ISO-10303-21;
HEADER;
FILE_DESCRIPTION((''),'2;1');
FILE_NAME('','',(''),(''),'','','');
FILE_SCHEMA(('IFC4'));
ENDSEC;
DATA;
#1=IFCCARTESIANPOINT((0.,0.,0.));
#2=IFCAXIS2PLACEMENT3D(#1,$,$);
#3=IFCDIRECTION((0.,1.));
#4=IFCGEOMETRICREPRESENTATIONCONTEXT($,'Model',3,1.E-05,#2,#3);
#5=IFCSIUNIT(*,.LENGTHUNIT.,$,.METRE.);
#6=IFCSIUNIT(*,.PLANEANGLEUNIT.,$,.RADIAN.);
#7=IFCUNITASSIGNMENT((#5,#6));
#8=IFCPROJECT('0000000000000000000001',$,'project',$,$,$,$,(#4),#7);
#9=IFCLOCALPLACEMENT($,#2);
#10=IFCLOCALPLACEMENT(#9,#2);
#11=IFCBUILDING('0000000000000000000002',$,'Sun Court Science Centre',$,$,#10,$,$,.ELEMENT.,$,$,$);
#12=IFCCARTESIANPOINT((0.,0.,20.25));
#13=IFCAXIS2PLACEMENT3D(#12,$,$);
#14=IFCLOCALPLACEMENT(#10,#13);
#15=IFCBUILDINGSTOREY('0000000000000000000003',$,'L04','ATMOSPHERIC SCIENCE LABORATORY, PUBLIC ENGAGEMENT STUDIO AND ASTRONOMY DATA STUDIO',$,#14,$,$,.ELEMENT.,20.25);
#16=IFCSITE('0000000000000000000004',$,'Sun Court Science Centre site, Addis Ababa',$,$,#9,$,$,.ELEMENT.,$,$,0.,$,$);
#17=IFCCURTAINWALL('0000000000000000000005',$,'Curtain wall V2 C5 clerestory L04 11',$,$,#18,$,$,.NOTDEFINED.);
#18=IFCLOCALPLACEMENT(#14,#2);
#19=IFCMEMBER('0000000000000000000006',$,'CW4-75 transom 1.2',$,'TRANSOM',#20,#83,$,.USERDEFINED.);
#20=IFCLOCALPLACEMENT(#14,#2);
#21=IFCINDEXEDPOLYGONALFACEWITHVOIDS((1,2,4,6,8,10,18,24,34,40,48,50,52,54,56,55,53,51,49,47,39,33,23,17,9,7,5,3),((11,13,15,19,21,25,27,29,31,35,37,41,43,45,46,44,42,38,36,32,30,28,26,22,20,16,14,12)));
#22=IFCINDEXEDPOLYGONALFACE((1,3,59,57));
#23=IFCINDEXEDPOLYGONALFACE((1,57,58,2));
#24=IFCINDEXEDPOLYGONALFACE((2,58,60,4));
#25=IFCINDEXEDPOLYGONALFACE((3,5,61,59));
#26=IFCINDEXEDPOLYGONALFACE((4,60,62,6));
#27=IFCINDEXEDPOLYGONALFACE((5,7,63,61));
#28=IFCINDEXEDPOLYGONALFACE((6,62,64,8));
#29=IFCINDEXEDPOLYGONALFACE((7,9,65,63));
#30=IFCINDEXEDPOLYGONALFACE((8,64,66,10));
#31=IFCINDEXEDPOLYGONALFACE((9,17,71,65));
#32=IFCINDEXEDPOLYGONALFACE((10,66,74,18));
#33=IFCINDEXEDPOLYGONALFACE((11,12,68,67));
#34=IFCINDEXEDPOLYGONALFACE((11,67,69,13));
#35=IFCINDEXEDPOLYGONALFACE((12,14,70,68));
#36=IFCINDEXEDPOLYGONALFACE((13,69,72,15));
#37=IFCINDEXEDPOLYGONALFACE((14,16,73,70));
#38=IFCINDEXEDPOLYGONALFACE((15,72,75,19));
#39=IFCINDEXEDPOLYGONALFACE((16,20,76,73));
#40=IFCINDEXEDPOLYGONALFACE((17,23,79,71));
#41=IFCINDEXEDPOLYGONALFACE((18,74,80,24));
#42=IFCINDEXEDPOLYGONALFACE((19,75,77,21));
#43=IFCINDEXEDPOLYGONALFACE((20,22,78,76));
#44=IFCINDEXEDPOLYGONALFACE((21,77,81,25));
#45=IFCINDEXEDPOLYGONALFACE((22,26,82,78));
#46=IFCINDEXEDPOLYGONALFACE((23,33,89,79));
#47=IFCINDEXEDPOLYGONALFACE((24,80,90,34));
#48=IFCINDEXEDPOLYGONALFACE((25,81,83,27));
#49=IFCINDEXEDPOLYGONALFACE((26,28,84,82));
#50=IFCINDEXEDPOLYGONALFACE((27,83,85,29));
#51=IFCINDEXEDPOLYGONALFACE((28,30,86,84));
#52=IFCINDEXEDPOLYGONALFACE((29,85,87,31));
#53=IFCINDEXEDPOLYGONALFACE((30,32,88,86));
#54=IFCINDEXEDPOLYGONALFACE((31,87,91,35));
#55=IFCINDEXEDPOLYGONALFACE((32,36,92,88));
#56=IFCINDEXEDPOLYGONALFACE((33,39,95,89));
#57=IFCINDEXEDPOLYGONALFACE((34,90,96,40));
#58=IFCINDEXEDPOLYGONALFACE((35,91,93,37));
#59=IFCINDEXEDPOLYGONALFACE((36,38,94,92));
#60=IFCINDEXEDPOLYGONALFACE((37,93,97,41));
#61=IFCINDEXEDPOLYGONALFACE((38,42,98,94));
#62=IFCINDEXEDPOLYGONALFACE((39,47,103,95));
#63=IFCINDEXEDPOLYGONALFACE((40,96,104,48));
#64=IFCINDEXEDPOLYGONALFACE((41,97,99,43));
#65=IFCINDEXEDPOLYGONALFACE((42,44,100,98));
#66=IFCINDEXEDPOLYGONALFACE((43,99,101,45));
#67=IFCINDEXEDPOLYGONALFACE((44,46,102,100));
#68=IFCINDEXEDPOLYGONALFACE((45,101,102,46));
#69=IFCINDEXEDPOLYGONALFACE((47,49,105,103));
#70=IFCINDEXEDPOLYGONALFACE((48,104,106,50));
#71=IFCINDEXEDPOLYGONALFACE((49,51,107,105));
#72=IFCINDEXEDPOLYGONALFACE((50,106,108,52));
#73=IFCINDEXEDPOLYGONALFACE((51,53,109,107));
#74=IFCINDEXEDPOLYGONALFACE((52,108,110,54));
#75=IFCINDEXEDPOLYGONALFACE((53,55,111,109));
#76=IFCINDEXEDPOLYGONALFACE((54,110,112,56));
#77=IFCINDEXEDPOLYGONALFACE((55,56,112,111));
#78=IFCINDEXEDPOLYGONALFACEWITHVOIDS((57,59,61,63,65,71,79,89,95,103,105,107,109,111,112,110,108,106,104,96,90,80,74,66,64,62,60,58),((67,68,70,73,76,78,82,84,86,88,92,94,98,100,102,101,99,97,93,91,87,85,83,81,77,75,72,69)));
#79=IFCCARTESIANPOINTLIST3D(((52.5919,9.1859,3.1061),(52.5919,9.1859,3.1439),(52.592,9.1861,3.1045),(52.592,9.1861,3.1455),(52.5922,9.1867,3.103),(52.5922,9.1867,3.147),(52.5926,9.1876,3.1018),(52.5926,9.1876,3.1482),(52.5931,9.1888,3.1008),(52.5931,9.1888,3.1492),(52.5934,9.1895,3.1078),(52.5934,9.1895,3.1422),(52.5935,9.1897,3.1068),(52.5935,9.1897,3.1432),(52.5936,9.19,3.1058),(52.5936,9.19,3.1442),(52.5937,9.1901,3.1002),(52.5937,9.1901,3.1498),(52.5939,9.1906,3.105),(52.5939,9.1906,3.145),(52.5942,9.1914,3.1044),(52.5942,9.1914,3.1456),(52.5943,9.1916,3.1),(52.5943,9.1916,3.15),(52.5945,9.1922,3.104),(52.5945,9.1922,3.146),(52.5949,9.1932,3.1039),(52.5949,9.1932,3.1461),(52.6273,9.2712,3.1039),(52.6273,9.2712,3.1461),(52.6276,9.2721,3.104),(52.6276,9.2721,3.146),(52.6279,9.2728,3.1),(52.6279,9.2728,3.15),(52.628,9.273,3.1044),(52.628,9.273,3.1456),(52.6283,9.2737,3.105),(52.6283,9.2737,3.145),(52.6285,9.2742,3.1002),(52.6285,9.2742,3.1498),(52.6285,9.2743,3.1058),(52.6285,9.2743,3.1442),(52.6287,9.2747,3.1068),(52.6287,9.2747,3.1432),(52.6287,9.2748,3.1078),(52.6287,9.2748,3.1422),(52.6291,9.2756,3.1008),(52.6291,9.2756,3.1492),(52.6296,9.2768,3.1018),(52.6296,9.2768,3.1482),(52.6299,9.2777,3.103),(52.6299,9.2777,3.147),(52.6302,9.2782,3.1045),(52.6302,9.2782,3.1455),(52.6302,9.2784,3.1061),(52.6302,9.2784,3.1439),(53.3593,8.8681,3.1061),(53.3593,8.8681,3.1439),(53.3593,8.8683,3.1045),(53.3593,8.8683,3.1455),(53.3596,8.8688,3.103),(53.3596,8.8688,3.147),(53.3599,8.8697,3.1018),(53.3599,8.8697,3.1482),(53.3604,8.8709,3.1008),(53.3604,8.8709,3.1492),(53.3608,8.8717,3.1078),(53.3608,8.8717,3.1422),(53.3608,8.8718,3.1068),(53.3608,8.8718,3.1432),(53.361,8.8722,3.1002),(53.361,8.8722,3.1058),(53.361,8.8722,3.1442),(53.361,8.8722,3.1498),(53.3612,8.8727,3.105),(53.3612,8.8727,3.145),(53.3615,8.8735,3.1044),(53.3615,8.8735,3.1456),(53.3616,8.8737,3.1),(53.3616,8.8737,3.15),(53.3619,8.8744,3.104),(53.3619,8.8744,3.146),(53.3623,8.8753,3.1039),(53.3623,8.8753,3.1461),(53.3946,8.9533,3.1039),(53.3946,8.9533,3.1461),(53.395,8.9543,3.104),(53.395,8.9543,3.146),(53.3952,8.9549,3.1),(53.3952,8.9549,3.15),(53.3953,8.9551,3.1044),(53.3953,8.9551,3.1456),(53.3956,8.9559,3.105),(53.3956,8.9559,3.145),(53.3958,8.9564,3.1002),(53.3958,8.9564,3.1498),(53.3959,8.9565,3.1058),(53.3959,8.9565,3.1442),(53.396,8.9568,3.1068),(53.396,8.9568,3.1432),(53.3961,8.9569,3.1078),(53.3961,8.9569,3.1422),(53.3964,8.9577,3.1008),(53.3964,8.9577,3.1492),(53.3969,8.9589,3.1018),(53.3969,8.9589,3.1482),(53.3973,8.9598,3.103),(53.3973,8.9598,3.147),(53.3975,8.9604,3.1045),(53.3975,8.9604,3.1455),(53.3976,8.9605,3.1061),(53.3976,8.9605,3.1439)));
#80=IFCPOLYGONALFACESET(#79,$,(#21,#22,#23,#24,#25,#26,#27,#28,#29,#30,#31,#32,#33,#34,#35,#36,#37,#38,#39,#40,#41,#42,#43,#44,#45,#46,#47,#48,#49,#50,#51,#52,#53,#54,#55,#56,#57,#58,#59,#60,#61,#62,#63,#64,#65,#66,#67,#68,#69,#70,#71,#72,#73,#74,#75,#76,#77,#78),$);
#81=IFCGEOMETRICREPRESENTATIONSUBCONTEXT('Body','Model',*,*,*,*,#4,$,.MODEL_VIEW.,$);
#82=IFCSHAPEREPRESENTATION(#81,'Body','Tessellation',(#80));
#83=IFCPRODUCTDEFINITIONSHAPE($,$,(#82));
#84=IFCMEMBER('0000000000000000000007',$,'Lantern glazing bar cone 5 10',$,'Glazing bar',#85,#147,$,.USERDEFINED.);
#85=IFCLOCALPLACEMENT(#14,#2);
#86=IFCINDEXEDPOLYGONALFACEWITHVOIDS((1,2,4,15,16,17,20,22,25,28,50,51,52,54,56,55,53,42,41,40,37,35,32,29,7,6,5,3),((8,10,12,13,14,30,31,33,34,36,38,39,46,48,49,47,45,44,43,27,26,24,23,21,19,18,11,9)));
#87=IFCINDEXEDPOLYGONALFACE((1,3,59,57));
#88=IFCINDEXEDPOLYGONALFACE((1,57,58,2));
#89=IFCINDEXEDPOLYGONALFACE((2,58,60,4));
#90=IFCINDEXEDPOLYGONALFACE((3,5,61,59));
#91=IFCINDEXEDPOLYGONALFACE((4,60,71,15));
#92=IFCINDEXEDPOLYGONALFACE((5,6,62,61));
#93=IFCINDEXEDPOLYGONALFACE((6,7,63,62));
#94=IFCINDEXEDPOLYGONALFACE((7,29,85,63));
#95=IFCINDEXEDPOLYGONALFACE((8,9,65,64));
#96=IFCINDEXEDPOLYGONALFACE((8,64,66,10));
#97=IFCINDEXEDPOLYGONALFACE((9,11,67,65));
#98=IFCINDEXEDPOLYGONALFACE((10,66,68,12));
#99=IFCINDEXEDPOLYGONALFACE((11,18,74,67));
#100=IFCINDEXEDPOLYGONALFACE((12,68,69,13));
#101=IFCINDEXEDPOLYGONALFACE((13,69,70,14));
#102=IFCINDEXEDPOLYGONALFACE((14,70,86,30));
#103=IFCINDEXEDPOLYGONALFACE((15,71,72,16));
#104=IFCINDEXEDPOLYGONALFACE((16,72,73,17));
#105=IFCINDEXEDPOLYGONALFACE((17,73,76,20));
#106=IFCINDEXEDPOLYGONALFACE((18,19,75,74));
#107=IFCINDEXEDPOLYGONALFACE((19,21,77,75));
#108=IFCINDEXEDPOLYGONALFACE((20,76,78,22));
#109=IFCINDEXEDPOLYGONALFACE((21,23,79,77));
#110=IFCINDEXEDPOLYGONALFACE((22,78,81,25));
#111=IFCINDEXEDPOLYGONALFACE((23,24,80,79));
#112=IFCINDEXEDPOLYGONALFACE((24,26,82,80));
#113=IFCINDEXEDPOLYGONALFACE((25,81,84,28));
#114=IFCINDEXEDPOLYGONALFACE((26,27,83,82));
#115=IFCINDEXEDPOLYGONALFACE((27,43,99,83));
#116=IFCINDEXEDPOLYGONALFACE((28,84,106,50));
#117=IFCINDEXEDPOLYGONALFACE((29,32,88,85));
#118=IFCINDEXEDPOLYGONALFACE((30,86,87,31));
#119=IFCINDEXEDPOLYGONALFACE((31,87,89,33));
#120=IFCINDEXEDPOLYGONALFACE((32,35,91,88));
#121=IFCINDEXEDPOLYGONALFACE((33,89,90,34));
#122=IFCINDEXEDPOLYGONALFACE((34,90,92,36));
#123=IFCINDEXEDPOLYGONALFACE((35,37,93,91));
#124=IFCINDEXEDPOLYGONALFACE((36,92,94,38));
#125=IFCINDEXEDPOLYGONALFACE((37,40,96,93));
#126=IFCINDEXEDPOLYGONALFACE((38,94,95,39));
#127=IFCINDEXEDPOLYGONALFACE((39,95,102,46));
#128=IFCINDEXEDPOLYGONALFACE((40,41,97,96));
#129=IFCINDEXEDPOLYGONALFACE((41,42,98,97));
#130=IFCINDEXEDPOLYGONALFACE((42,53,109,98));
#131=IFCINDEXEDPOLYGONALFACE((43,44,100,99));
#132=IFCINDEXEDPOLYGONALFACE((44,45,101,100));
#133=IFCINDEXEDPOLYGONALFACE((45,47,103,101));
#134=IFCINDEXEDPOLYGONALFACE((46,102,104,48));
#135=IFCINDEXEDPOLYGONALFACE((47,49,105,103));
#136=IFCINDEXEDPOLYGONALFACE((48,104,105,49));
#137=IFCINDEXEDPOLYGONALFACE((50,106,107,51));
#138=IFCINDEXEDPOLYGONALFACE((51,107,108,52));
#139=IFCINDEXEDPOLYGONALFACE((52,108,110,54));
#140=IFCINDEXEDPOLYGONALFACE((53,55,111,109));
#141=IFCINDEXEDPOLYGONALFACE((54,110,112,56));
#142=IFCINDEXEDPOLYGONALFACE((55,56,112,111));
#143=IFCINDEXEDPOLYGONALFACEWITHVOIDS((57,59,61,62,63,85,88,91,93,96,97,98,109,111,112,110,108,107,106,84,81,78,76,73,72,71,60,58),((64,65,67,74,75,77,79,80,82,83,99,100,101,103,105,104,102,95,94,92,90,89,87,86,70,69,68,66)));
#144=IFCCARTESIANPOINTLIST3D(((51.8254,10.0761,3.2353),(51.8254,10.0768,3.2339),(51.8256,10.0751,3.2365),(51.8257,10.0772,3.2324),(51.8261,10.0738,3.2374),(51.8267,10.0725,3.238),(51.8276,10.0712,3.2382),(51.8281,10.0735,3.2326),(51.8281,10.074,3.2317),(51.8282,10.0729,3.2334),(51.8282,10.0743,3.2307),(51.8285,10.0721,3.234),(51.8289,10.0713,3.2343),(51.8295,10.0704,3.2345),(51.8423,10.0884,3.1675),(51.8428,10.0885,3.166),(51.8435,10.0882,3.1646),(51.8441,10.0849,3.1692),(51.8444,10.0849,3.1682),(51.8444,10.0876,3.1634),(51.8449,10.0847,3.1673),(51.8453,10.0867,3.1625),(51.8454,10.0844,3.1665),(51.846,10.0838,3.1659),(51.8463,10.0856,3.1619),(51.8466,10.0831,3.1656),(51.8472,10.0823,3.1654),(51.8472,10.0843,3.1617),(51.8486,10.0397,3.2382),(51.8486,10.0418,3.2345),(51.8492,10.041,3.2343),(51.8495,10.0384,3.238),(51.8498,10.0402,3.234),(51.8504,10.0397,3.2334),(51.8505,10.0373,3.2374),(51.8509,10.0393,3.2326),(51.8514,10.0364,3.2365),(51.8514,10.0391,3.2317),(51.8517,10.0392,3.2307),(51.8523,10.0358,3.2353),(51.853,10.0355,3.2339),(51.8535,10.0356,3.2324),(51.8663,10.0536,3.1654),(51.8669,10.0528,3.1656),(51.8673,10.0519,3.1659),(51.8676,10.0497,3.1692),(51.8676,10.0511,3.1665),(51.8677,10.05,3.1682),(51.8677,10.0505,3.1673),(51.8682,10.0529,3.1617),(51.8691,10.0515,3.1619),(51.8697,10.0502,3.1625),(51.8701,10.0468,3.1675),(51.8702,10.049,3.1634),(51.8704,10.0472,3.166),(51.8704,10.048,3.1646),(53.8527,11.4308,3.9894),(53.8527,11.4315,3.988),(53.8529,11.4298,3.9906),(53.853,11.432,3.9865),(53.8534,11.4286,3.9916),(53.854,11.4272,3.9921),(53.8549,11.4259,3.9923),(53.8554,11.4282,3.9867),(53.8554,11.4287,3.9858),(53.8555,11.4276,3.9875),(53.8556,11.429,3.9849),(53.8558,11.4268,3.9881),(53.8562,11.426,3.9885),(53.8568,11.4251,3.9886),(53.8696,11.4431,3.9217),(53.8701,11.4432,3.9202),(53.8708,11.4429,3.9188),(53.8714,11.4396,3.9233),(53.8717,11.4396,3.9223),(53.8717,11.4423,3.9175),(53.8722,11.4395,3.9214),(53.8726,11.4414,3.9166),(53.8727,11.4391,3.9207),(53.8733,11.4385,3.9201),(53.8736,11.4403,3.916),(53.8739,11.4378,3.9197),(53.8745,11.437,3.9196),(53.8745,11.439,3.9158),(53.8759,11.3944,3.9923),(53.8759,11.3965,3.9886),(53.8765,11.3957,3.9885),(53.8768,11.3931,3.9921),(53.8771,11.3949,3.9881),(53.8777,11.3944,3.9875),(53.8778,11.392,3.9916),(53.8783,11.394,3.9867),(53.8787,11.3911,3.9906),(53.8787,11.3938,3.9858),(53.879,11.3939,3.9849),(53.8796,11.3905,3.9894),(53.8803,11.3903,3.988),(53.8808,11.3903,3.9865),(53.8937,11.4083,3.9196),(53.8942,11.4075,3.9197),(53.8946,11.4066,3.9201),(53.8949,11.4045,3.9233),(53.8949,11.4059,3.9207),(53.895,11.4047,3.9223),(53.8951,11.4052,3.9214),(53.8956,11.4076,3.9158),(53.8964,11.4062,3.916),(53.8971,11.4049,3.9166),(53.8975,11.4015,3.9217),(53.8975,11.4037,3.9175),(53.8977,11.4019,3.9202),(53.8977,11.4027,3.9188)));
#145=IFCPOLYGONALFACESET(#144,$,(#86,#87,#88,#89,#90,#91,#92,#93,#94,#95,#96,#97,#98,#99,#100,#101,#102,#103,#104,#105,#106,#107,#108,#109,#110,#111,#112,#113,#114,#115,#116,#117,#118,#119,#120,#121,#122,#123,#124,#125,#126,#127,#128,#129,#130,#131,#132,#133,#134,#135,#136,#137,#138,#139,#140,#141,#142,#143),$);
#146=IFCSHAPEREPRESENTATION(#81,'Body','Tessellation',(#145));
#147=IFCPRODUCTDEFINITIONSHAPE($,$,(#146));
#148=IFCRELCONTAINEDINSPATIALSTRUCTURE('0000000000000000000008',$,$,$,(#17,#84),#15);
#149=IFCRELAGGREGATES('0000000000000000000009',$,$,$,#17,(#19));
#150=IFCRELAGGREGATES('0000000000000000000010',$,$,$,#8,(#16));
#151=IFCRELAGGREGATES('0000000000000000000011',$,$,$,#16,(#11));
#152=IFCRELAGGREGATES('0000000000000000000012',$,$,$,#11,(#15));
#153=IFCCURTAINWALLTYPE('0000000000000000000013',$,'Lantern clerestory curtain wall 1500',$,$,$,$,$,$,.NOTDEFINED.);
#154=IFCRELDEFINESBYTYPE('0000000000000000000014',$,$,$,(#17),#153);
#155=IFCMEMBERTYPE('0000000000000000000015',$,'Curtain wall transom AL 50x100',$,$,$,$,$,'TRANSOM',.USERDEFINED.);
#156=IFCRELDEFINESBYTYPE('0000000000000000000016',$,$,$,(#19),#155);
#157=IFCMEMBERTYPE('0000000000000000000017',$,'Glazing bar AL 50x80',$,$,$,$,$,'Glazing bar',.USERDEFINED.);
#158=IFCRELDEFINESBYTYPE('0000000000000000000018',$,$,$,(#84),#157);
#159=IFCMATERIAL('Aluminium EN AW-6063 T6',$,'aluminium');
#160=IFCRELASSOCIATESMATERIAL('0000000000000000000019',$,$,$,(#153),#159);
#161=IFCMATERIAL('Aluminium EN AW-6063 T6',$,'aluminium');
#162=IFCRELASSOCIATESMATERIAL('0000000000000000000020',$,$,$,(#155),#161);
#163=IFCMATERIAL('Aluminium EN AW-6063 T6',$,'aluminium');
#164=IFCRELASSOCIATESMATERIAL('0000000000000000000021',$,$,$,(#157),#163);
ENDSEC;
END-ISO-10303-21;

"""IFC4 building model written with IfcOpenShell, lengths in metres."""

from ifc_helpers import new_model, si_unit, direction, frame, origin, origin_2d, place, context, subcontext, project, spatial, hollow_rectangle, extrude, material, material_profile, profile_set, type_object, element, aggregate, save


model = new_model("IFC4")

# Units and contexts
model_context = context("Model", 3, precision=1e-05, world=origin(), true_north=direction((0.0, 1.0)))
body_context = subcontext(model_context, "Body", "Model", "MODEL_VIEW")
ifc_project = project(units=[si_unit("LENGTHUNIT", "METRE"), si_unit("PLANEANGLEUNIT", "RADIAN")], contexts=[model_context])

# Site, building, storey
site_placement = place(None, origin())
site = spatial("IfcSite", under=ifc_project, at=site_placement, Name="Sun Court Science Centre site, Addis Ababa", CompositionType="ELEMENT", RefElevation=0.0)
building_placement = place(site_placement, origin())
building = spatial("IfcBuilding", under=site, at=building_placement, Name="Sun Court Science Centre", CompositionType="ELEMENT")
storey_placement = place(building_placement, frame((0.0, 0.0, 20.25)))
storey = spatial("IfcBuildingStorey", under=building, at=storey_placement, Name="L04", Description="ATMOSPHERIC SCIENCE LABORATORY, PUBLIC ENGAGEMENT STUDIO AND ASTRONOMY DATA STUDIO", CompositionType="ELEMENT", Elevation=20.25)

# Shared definitions
ifc_material_1 = material(Name="Aluminium EN AW-6063 T6", Category="aluminium")
curtain_wall_type = type_object("IfcCurtainWallType", Name="Lantern clerestory curtain wall 1500", PredefinedType="NOTDEFINED", material=ifc_material_1)

# Curtain wall
curtain_wall_1_placement = place(storey_placement, origin())
curtain_wall_1 = element("IfcCurtainWall", 1, at=curtain_wall_1_placement, inside=storey, type_object=curtain_wall_type, Name="Curtain wall V2 C5 clerestory L04 11", PredefinedType="NOTDEFINED")

# Member
ifc_material_2 = material(Name="Aluminium EN AW-6063 T6", Category="aluminium")
ifc_material_profile_1 = material_profile(ifc_material_2, hollow_rectangle(XDim=0.05, YDim=0.1001, WallThickness=0.0039, InnerFilletRadius=0.0039, OuterFilletRadius=0.0061, at=origin_2d()), Name="AL 50x100x4")
ifc_profile_set_1 = profile_set([ifc_material_profile_1], Name="Aluminium EN AW-6063 T6")
member_type_1 = type_object("IfcMemberType", Name="Curtain wall transom AL 50x100", ElementType="TRANSOM", PredefinedType="USERDEFINED", material=ifc_profile_set_1)
member_1_placement = place(storey_placement, frame((53.3784, 8.9143, 3.125), z_axis=(-0.923866, 0.382715, 0.0), x_axis=(0.0, 0.0, 1.0)))
member_1 = element("IfcMember", 2, at=member_1_placement, type_object=member_type_1, Name="CW4-75 transom 1.2", ObjectType="TRANSOM", PredefinedType="USERDEFINED", context=body_context, shape_type="SweptSolid", body=[
    extrude(hollow_rectangle(XDim=0.05, YDim=0.1001, WallThickness=0.0039, InnerFilletRadius=0.0039, OuterFilletRadius=0.0061, at=origin_2d()), origin(), (0.0, 0.0, 1.0), 0.8306),
])

# Member
ifc_material_3 = material(Name="Aluminium EN AW-6063 T6", Category="aluminium")
ifc_material_profile_2 = material_profile(ifc_material_3, hollow_rectangle(XDim=0.05, YDim=0.0801, WallThickness=0.0039, InnerFilletRadius=0.0039, OuterFilletRadius=0.0061, at=origin_2d()), Name="AL 50x80x4")
ifc_profile_set_2 = profile_set([ifc_material_profile_2], Name="Aluminium EN AW-6063 T6")
member_type_2 = type_object("IfcMemberType", Name="Glazing bar AL 50x80", ElementType="Glazing bar", PredefinedType="USERDEFINED", material=ifc_profile_set_2)
for number, where, z_axis, x_axis, name in (
    (3, (51.8479, 10.062, 3.2), (0.794324, 0.530793, 0.29548), (-0.555601, 0.831449, 0.0), "Lantern glazing bar cone 5 10"),
):
    element("IfcMember", number, at=place(storey_placement, frame(where, z_axis=z_axis, x_axis=x_axis)), inside=storey, type_object=member_type_2, Name=name, ObjectType="Glazing bar", PredefinedType="USERDEFINED", context=body_context, shape_type="SweptSolid", body=[
        extrude(hollow_rectangle(XDim=0.05, YDim=0.0801, WallThickness=0.0039, InnerFilletRadius=0.0039, OuterFilletRadius=0.0061, at=origin_2d()), origin(), (0.0, 0.0, 1.0), 2.5522),
    ])

aggregate(curtain_wall_1, [member_1])

save(model, "model.ifc")
